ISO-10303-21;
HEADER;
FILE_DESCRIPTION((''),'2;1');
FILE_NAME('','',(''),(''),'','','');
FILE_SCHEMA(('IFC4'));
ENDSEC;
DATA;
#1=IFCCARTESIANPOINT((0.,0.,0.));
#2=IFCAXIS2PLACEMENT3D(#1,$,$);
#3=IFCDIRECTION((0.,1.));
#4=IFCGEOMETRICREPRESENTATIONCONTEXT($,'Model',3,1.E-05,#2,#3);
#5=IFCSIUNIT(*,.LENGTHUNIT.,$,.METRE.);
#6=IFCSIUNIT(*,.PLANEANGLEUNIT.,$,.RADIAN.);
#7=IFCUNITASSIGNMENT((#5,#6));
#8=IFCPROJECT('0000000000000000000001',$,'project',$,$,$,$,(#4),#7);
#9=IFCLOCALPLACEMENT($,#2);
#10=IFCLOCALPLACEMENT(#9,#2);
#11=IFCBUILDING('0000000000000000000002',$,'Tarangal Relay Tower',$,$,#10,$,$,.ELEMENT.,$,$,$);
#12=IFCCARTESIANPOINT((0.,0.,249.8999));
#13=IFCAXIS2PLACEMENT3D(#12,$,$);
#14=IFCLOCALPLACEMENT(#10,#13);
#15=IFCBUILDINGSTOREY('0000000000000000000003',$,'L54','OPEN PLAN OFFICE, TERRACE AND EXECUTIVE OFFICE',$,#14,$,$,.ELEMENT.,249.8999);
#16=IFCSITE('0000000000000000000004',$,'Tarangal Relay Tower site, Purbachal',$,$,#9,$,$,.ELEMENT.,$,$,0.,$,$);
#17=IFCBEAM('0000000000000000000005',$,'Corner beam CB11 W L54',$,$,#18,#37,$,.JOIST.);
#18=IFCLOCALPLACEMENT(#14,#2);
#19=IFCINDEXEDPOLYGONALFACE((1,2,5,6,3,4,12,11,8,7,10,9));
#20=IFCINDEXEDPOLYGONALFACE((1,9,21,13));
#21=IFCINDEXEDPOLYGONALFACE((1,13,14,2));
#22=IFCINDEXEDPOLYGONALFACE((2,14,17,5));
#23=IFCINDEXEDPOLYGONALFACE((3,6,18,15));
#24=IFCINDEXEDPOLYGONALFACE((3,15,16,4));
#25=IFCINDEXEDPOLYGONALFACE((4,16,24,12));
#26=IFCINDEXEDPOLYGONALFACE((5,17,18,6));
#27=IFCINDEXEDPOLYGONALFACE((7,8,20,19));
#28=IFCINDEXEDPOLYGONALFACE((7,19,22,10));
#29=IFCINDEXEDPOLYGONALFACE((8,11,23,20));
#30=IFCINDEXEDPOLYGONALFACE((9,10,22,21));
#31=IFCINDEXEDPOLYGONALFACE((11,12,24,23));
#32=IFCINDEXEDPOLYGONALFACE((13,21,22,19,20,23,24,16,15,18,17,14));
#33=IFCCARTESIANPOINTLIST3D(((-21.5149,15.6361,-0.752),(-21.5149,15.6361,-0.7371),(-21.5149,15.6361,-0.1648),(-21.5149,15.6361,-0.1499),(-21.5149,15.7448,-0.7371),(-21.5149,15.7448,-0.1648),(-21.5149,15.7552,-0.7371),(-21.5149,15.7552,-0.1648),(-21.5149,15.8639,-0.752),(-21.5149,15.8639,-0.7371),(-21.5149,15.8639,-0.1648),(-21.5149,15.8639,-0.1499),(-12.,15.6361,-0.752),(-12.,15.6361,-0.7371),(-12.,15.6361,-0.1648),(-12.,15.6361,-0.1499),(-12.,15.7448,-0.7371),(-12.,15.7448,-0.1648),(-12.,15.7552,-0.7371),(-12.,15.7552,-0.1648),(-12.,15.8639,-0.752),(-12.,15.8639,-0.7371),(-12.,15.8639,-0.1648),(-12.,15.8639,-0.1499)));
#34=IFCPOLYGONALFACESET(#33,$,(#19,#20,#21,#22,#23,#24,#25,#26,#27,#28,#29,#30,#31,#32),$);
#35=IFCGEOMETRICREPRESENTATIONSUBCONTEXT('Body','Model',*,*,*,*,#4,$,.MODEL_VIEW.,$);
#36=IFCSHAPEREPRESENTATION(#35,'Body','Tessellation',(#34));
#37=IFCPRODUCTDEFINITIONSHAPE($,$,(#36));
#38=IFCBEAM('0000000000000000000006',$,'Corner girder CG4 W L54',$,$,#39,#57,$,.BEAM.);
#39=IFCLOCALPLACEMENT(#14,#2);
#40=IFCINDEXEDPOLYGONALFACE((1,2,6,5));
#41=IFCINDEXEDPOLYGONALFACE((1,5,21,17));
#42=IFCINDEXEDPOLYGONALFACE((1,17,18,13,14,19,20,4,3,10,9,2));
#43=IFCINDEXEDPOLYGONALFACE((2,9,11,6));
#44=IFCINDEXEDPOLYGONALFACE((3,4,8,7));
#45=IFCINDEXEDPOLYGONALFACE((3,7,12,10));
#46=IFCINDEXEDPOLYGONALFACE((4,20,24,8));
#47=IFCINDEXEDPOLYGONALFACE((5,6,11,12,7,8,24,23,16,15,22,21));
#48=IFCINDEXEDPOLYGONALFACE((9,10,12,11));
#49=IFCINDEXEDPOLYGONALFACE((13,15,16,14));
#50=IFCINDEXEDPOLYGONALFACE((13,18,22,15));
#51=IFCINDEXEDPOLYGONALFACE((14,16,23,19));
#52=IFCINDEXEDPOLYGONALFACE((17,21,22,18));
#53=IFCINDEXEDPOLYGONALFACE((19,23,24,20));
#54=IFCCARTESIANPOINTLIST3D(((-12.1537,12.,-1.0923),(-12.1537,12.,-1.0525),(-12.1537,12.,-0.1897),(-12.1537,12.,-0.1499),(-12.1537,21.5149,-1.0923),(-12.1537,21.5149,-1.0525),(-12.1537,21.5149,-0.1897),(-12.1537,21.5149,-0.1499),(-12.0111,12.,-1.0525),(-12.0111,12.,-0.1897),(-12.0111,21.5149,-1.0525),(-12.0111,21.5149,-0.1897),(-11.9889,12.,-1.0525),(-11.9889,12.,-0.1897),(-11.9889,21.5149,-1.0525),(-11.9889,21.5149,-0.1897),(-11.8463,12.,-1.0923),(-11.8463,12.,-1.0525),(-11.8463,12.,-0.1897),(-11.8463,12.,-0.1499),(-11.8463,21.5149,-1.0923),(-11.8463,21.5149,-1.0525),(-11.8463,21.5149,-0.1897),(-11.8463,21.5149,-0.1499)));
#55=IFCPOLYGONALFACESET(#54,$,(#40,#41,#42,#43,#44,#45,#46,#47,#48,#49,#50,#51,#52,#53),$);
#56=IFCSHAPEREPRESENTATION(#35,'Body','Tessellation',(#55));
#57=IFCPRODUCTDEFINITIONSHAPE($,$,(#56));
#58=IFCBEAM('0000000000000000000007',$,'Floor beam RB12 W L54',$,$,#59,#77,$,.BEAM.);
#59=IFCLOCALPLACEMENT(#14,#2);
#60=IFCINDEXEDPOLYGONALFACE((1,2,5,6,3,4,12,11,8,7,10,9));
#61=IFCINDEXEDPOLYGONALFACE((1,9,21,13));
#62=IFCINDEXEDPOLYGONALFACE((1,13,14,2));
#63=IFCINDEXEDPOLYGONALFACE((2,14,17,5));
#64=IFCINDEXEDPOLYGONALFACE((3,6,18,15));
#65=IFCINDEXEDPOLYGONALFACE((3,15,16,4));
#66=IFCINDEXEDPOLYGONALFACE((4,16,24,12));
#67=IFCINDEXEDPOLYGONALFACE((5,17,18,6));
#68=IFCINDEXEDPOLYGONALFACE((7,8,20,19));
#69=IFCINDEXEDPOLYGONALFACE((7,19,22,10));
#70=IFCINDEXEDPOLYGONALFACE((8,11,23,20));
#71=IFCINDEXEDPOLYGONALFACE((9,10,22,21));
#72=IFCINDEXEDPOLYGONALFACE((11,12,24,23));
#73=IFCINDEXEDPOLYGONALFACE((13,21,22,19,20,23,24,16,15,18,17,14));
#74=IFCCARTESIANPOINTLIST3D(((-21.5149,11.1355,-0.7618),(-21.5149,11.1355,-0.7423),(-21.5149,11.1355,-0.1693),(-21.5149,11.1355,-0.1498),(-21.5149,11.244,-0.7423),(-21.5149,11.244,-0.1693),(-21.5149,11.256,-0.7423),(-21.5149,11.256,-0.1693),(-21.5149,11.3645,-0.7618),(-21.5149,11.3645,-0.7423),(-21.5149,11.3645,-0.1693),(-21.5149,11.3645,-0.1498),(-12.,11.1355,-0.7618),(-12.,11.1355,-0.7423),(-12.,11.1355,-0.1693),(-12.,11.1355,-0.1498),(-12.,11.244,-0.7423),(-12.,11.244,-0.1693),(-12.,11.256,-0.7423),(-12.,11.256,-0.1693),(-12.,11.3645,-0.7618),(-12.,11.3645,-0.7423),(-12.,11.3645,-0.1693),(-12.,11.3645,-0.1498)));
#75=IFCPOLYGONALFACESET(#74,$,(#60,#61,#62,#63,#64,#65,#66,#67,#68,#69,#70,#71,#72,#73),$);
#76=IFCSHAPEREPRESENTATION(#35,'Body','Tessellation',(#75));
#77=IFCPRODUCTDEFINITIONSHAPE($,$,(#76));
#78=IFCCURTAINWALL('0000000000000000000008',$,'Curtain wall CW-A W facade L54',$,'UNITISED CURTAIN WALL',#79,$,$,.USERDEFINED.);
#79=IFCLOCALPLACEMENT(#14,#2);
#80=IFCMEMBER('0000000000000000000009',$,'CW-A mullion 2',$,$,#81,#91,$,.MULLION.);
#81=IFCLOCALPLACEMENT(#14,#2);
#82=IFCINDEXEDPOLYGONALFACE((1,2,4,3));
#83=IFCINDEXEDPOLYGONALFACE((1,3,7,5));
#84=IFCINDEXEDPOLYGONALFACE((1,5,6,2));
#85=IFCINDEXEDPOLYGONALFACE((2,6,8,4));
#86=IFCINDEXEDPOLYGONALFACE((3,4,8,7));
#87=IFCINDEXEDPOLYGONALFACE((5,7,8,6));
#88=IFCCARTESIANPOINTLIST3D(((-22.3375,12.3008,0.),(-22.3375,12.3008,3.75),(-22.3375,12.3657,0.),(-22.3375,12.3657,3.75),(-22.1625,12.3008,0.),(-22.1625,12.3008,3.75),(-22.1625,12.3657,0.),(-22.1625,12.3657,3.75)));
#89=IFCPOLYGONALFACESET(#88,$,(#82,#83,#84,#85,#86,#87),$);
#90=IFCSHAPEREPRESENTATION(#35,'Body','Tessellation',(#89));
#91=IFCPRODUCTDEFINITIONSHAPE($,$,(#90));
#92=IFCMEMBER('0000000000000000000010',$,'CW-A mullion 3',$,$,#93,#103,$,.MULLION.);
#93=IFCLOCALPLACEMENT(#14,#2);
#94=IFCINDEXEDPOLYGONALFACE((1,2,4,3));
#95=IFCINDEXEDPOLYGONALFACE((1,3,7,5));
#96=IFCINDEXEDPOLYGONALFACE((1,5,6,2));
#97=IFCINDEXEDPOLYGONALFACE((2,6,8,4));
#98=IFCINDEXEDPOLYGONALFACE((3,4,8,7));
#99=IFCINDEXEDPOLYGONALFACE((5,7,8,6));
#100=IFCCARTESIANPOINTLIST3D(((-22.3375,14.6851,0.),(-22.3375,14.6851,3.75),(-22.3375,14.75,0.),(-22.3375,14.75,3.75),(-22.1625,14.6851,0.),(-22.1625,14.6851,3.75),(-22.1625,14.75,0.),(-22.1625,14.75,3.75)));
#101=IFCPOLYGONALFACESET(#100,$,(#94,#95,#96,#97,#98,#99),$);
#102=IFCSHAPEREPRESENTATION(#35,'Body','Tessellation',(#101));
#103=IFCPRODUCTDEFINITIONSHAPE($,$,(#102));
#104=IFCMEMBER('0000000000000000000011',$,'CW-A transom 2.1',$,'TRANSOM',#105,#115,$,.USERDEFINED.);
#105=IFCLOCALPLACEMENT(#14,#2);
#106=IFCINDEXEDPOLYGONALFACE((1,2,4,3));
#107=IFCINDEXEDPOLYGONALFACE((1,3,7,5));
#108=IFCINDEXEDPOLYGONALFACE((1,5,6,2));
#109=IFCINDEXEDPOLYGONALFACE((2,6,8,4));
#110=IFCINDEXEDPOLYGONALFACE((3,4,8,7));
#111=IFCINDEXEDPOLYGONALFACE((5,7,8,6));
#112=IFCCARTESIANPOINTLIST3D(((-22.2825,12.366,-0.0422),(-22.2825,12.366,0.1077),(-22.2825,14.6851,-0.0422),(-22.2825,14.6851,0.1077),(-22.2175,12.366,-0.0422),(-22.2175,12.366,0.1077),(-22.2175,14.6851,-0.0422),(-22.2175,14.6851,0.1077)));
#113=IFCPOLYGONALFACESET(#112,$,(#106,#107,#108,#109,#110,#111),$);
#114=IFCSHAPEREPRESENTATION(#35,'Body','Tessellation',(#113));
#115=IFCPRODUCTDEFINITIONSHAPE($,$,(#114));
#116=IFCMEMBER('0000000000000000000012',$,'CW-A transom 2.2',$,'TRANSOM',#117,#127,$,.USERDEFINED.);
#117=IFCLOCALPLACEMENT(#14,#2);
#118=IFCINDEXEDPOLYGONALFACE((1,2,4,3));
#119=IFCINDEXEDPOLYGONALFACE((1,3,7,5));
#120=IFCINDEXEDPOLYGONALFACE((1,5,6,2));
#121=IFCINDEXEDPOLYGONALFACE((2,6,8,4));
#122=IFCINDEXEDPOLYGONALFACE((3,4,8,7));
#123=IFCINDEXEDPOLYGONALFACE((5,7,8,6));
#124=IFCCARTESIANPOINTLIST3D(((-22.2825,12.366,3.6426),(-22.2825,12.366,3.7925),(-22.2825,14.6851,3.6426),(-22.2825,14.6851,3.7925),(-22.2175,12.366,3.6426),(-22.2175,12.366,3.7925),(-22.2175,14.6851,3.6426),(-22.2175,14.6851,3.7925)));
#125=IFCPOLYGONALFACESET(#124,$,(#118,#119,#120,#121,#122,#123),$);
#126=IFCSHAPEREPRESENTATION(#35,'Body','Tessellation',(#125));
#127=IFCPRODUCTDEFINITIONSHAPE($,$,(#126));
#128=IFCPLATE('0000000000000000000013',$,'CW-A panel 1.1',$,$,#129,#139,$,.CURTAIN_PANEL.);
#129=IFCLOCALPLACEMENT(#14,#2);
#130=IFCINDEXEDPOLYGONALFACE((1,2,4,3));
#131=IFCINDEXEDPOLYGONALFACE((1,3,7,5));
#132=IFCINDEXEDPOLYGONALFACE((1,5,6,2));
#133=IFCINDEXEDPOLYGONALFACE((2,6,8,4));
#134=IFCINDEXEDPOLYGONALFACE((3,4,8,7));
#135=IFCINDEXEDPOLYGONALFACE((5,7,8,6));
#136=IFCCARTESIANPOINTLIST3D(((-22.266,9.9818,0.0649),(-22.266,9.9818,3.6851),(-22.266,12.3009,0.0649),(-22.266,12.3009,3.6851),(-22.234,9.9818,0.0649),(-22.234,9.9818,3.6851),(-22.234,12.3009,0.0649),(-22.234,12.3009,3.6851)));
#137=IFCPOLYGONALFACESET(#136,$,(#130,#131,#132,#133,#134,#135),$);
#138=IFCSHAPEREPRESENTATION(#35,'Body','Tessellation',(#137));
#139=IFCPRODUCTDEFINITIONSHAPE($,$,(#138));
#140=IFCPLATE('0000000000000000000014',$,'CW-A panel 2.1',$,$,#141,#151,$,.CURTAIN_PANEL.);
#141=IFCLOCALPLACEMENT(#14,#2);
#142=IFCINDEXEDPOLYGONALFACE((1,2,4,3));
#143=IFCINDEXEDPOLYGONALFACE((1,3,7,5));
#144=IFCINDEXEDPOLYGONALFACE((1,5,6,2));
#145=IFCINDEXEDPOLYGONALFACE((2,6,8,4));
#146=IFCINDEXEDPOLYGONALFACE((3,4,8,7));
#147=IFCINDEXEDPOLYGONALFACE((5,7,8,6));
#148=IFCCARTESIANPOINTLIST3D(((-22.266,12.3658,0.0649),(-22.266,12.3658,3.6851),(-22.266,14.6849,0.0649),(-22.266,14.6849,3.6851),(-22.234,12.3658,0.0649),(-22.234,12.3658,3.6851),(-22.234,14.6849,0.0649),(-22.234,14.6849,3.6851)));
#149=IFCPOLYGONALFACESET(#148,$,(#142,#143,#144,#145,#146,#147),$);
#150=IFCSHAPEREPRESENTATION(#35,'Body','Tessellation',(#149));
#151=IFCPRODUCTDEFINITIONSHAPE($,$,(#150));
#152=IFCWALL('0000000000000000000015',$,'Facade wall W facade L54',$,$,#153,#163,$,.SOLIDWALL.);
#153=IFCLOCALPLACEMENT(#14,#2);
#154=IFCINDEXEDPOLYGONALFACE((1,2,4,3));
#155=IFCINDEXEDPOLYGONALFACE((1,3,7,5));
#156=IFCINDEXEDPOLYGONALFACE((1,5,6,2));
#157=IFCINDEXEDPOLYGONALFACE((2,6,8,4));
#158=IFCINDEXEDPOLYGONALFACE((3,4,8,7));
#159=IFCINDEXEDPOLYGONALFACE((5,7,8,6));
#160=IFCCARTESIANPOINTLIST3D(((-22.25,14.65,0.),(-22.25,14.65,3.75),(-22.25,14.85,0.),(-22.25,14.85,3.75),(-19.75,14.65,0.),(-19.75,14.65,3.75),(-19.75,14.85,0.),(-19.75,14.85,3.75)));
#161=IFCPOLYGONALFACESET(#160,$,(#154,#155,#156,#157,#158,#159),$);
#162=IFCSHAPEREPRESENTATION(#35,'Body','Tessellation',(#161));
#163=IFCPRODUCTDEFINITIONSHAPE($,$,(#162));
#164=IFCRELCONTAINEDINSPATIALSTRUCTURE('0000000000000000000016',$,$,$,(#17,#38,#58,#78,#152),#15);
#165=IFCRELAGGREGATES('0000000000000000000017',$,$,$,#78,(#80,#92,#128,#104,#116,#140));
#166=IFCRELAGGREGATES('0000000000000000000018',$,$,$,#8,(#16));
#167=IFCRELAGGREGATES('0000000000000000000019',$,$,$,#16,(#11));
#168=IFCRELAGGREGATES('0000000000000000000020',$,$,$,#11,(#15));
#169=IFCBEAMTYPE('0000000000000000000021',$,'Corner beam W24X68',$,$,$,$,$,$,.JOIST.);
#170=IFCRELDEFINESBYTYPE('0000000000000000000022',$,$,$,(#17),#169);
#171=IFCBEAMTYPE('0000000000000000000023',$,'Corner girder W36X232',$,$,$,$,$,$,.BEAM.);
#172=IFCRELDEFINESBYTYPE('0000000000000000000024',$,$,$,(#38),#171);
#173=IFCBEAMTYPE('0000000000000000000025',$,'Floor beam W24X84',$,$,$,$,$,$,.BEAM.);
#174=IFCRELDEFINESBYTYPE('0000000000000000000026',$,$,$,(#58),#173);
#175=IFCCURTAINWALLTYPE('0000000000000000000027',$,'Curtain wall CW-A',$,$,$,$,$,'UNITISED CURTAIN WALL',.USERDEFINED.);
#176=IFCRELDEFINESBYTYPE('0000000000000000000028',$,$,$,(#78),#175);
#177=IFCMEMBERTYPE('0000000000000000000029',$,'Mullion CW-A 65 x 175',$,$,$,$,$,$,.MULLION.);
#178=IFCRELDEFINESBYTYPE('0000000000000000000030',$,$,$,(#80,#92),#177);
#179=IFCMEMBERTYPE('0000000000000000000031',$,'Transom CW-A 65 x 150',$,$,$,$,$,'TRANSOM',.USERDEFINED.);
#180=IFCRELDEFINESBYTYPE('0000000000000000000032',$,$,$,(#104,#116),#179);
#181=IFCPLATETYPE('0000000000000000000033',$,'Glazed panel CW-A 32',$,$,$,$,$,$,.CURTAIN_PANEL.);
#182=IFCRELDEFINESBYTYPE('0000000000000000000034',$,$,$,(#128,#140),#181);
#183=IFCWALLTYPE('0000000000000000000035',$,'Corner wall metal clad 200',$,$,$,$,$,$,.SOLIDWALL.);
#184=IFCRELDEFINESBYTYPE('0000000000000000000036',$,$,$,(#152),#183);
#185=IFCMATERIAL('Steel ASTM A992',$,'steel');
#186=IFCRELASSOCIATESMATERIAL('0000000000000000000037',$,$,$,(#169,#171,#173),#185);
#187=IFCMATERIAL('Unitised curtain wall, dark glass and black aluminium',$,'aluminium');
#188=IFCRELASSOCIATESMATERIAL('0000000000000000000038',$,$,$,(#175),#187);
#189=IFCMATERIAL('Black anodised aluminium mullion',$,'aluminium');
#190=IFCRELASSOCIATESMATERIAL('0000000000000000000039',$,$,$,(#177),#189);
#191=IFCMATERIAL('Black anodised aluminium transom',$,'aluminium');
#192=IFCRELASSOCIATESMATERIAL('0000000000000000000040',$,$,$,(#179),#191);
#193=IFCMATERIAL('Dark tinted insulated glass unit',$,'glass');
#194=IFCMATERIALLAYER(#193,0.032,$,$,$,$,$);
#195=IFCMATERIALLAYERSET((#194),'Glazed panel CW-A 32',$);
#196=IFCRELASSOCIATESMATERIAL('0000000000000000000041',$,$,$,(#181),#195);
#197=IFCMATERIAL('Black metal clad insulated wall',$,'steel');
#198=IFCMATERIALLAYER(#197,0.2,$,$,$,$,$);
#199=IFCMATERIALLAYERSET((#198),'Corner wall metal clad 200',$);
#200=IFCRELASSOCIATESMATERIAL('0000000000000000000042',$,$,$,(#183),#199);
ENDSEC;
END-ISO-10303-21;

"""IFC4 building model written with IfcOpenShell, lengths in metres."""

from ifc_helpers import new_model, si_unit, direction, frame, frame_2d, origin, origin_2d, place, context, subcontext, project, spatial, rectangle, i_section, extrude, material, layer, layer_set, material_profile, profile_set, type_object, element, aggregate, save


model = new_model("IFC4")

# Units and contexts
model_context = context("Model", 3, precision=1e-05, world=origin(), true_north=direction((0.0, 1.0)))
body_context = subcontext(model_context, "Body", "Model", "MODEL_VIEW")
ifc_project = project(units=[si_unit("LENGTHUNIT", "METRE"), si_unit("PLANEANGLEUNIT", "RADIAN")], contexts=[model_context])

# Site, building, storey
site_placement = place(None, origin())
site = spatial("IfcSite", under=ifc_project, at=site_placement, Name="Tarangal Relay Tower site, Purbachal", CompositionType="ELEMENT", RefElevation=0.0)
building_placement = place(site_placement, origin())
building = spatial("IfcBuilding", under=site, at=building_placement, Name="Tarangal Relay Tower", CompositionType="ELEMENT")
storey_placement = place(building_placement, frame((0.0, 0.0, 249.8999)))
storey = spatial("IfcBuildingStorey", under=building, at=storey_placement, Name="L54", Description="OPEN PLAN OFFICE, TERRACE AND EXECUTIVE OFFICE", CompositionType="ELEMENT", Elevation=249.8999)

# Beams
ifc_material_1 = material(Name="Steel ASTM A992", Category="steel")
ifc_material_profile_1 = material_profile(ifc_material_1, i_section(OverallWidth=0.2278, OverallDepth=0.6021, WebThickness=0.0105, FlangeThickness=0.0149, at=origin_2d()), Name="W24X68")
ifc_profile_set_1 = profile_set([ifc_material_profile_1], Name="Steel ASTM A992")
beam_type_1 = type_object("IfcBeamType", Name="Corner beam W24X68", PredefinedType="JOIST", material=ifc_profile_set_1)
beam_1_placement = place(storey_placement, frame((-12.0, 15.75, -0.4509), z_axis=(-1.0, 0.0, 0.0), x_axis=(0.0, -1.0, 0.0)))
element("IfcBeam", 1, at=beam_1_placement, inside=storey, type_object=beam_type_1, Name="Corner beam CB11 W L54", PredefinedType="JOIST", context=body_context, shape_type="SweptSolid", body=[
    extrude(i_section(OverallWidth=0.2278, OverallDepth=0.6021, WebThickness=0.0105, FlangeThickness=0.0149, at=origin_2d()), origin(), (0.0, 0.0, 1.0), 9.5149),
])
ifc_material_profile_2 = material_profile(ifc_material_1, i_section(OverallWidth=0.3074, OverallDepth=0.9424, WebThickness=0.0222, FlangeThickness=0.0398, at=origin_2d()), Name="W36X232")
ifc_profile_set_2 = profile_set([ifc_material_profile_2], Name="Steel ASTM A992")
beam_type_2 = type_object("IfcBeamType", Name="Corner girder W36X232", PredefinedType="BEAM", material=ifc_profile_set_2)
beam_2_placement = place(storey_placement, frame((-12.0, 12.0, -0.6211), z_axis=(0.0, 1.0, 0.0), x_axis=(-1.0, 0.0, 0.0)))
element("IfcBeam", 2, at=beam_2_placement, inside=storey, type_object=beam_type_2, Name="Corner girder CG4 W L54", PredefinedType="BEAM", context=body_context, shape_type="SweptSolid", body=[
    extrude(i_section(OverallWidth=0.3074, OverallDepth=0.9424, WebThickness=0.0222, FlangeThickness=0.0398, at=origin_2d()), origin(), (0.0, 0.0, 1.0), 9.5149),
])
ifc_material_profile_3 = material_profile(ifc_material_1, i_section(OverallWidth=0.229, OverallDepth=0.6121, WebThickness=0.012, FlangeThickness=0.0195, at=origin_2d()), Name="W24X84")
ifc_profile_set_3 = profile_set([ifc_material_profile_3], Name="Steel ASTM A992")
beam_type_3 = type_object("IfcBeamType", Name="Floor beam W24X84", PredefinedType="BEAM", material=ifc_profile_set_3)
beam_3_placement = place(storey_placement, frame((-12.0, 11.25, -0.4558), z_axis=(-1.0, 0.0, 0.0), x_axis=(0.0, -1.0, 0.0)))
element("IfcBeam", 3, at=beam_3_placement, inside=storey, type_object=beam_type_3, Name="Floor beam RB12 W L54", PredefinedType="BEAM", context=body_context, shape_type="SweptSolid", body=[
    extrude(i_section(OverallWidth=0.229, OverallDepth=0.6121, WebThickness=0.012, FlangeThickness=0.0195, at=origin_2d()), origin(), (0.0, 0.0, 1.0), 9.5149),
])

# Curtain wall, members, plates
ifc_material_2 = material(Name="Unitised curtain wall, dark glass and black aluminium", Category="aluminium")
curtain_wall_type = type_object("IfcCurtainWallType", Name="Curtain wall CW-A", ElementType="UNITISED CURTAIN WALL", PredefinedType="USERDEFINED", material=ifc_material_2)
curtain_wall_placement = place(storey_placement, origin())
curtain_wall = element("IfcCurtainWall", 4, at=curtain_wall_placement, inside=storey, type_object=curtain_wall_type, Name="Curtain wall CW-A W facade L54", ObjectType="UNITISED CURTAIN WALL", PredefinedType="USERDEFINED")
ifc_material_3 = material(Name="Black anodised aluminium mullion", Category="aluminium")
ifc_material_profile_4 = material_profile(ifc_material_3, rectangle(XDim=0.175, YDim=0.0649, at=origin_2d()), Name="CW-AM 65X175")
ifc_profile_set_4 = profile_set([ifc_material_profile_4], Name="Black anodised aluminium mullion")
member_type_1 = type_object("IfcMemberType", Name="Mullion CW-A 65 x 175", PredefinedType="MULLION", material=ifc_profile_set_4)
member_1_placement = place(storey_placement, frame((-22.25, 12.3333, 0.0), z_axis=(0.0, 0.0, 1.0), x_axis=(-1.0, 0.0, 0.0)))
member_1 = element("IfcMember", 5, at=member_1_placement, type_object=member_type_1, Name="CW-A mullion 2", PredefinedType="MULLION", context=body_context, shape_type="SweptSolid", body=[
    extrude(rectangle(XDim=0.175, YDim=0.0649, at=origin_2d()), origin(), (0.0, 0.0, 1.0), 3.75),
])
member_2_placement = place(storey_placement, frame((-22.25, 14.7175, 0.0), z_axis=(0.0, 0.0, 1.0), x_axis=(-1.0, 0.0, 0.0)))
member_2 = element("IfcMember", 6, at=member_2_placement, type_object=member_type_1, Name="CW-A mullion 3", PredefinedType="MULLION", context=body_context, shape_type="SweptSolid", body=[
    extrude(rectangle(XDim=0.175, YDim=0.0649, at=origin_2d()), origin(), (0.0, 0.0, 1.0), 3.75),
])
ifc_material_4 = material(Name="Black anodised aluminium transom", Category="aluminium")
ifc_material_profile_5 = material_profile(ifc_material_4, rectangle(XDim=0.0649, YDim=0.1499, at=origin_2d()), Name="CW-AT 65X150")
ifc_profile_set_5 = profile_set([ifc_material_profile_5], Name="Black anodised aluminium transom")
member_type_2 = type_object("IfcMemberType", Name="Transom CW-A 65 x 150", ElementType="TRANSOM", PredefinedType="USERDEFINED", material=ifc_profile_set_5)
member_3_placement = place(storey_placement, frame((-22.25, 12.366, 0.0327), z_axis=(0.0, 1.0, 0.0), x_axis=(-1.0, 0.0, 0.0)))
member_3 = element("IfcMember", 7, at=member_3_placement, type_object=member_type_2, Name="CW-A transom 2.1", ObjectType="TRANSOM", PredefinedType="USERDEFINED", context=body_context, shape_type="SweptSolid", body=[
    extrude(rectangle(XDim=0.0649, YDim=0.1499, at=origin_2d()), origin(), (0.0, 0.0, 1.0), 2.3191),
])
member_4_placement = place(storey_placement, frame((-22.25, 12.366, 3.7175), z_axis=(0.0, 1.0, 0.0), x_axis=(-1.0, 0.0, 0.0)))
member_4 = element("IfcMember", 8, at=member_4_placement, type_object=member_type_2, Name="CW-A transom 2.2", ObjectType="TRANSOM", PredefinedType="USERDEFINED", context=body_context, shape_type="SweptSolid", body=[
    extrude(rectangle(XDim=0.0649, YDim=0.1499, at=origin_2d()), origin(), (0.0, 0.0, 1.0), 2.3191),
])
ifc_material_5 = material(Name="Dark tinted insulated glass unit", Category="glass")
ifc_layer_1 = layer(ifc_material_5, 0.032)
ifc_layer_set_1 = layer_set([ifc_layer_1], Name="Glazed panel CW-A 32")
plate_type = type_object("IfcPlateType", Name="Glazed panel CW-A 32", PredefinedType="CURTAIN_PANEL", material=ifc_layer_set_1)
plate_1_placement = place(storey_placement, frame((-22.25, 11.1414, 0.0649), z_axis=(0.0, 0.0, 1.0), x_axis=(0.0, 1.0, 0.0)))
plate_1 = element("IfcPlate", 9, at=plate_1_placement, type_object=plate_type, Name="CW-A panel 1.1", PredefinedType="CURTAIN_PANEL", context=body_context, shape_type="SweptSolid", body=[
    extrude(rectangle(XDim=2.3191, YDim=0.032, at=origin_2d()), origin(), (0.0, 0.0, 1.0), 3.6201),
])
plate_2_placement = place(storey_placement, frame((-22.25, 13.5254, 0.0649), z_axis=(0.0, 0.0, 1.0), x_axis=(0.0, 1.0, 0.0)))
plate_2 = element("IfcPlate", 10, at=plate_2_placement, type_object=plate_type, Name="CW-A panel 2.1", PredefinedType="CURTAIN_PANEL", context=body_context, shape_type="SweptSolid", body=[
    extrude(rectangle(XDim=2.3191, YDim=0.032, at=origin_2d()), origin(), (0.0, 0.0, 1.0), 3.6201),
])
aggregate(curtain_wall, [member_1, member_2, plate_1, member_3, member_4, plate_2])

# Wall
ifc_material_6 = material(Name="Black metal clad insulated wall", Category="steel")
ifc_layer_2 = layer(ifc_material_6, 0.2)
ifc_layer_set_2 = layer_set([ifc_layer_2], Name="Corner wall metal clad 200")
wall_type_1 = type_object("IfcWallType", Name="Corner wall metal clad 200", PredefinedType="SOLIDWALL", material=ifc_layer_set_2)
wall_1_placement = place(storey_placement, frame((-22.25, 14.75, 0.0), z_axis=(0.0, 0.0, 1.0), x_axis=(1.0, 0.0, 0.0)))
element("IfcWall", 11, at=wall_1_placement, inside=storey, type_object=wall_type_1, Name="Facade wall W facade L54", PredefinedType="SOLIDWALL", context=body_context, shape_type="SweptSolid", body=[
    extrude(rectangle(XDim=2.5, YDim=0.2, at=frame_2d((1.25, 0.0))), origin(), (0.0, 0.0, 1.0), 3.75),
])

save(model, "model.ifc")
